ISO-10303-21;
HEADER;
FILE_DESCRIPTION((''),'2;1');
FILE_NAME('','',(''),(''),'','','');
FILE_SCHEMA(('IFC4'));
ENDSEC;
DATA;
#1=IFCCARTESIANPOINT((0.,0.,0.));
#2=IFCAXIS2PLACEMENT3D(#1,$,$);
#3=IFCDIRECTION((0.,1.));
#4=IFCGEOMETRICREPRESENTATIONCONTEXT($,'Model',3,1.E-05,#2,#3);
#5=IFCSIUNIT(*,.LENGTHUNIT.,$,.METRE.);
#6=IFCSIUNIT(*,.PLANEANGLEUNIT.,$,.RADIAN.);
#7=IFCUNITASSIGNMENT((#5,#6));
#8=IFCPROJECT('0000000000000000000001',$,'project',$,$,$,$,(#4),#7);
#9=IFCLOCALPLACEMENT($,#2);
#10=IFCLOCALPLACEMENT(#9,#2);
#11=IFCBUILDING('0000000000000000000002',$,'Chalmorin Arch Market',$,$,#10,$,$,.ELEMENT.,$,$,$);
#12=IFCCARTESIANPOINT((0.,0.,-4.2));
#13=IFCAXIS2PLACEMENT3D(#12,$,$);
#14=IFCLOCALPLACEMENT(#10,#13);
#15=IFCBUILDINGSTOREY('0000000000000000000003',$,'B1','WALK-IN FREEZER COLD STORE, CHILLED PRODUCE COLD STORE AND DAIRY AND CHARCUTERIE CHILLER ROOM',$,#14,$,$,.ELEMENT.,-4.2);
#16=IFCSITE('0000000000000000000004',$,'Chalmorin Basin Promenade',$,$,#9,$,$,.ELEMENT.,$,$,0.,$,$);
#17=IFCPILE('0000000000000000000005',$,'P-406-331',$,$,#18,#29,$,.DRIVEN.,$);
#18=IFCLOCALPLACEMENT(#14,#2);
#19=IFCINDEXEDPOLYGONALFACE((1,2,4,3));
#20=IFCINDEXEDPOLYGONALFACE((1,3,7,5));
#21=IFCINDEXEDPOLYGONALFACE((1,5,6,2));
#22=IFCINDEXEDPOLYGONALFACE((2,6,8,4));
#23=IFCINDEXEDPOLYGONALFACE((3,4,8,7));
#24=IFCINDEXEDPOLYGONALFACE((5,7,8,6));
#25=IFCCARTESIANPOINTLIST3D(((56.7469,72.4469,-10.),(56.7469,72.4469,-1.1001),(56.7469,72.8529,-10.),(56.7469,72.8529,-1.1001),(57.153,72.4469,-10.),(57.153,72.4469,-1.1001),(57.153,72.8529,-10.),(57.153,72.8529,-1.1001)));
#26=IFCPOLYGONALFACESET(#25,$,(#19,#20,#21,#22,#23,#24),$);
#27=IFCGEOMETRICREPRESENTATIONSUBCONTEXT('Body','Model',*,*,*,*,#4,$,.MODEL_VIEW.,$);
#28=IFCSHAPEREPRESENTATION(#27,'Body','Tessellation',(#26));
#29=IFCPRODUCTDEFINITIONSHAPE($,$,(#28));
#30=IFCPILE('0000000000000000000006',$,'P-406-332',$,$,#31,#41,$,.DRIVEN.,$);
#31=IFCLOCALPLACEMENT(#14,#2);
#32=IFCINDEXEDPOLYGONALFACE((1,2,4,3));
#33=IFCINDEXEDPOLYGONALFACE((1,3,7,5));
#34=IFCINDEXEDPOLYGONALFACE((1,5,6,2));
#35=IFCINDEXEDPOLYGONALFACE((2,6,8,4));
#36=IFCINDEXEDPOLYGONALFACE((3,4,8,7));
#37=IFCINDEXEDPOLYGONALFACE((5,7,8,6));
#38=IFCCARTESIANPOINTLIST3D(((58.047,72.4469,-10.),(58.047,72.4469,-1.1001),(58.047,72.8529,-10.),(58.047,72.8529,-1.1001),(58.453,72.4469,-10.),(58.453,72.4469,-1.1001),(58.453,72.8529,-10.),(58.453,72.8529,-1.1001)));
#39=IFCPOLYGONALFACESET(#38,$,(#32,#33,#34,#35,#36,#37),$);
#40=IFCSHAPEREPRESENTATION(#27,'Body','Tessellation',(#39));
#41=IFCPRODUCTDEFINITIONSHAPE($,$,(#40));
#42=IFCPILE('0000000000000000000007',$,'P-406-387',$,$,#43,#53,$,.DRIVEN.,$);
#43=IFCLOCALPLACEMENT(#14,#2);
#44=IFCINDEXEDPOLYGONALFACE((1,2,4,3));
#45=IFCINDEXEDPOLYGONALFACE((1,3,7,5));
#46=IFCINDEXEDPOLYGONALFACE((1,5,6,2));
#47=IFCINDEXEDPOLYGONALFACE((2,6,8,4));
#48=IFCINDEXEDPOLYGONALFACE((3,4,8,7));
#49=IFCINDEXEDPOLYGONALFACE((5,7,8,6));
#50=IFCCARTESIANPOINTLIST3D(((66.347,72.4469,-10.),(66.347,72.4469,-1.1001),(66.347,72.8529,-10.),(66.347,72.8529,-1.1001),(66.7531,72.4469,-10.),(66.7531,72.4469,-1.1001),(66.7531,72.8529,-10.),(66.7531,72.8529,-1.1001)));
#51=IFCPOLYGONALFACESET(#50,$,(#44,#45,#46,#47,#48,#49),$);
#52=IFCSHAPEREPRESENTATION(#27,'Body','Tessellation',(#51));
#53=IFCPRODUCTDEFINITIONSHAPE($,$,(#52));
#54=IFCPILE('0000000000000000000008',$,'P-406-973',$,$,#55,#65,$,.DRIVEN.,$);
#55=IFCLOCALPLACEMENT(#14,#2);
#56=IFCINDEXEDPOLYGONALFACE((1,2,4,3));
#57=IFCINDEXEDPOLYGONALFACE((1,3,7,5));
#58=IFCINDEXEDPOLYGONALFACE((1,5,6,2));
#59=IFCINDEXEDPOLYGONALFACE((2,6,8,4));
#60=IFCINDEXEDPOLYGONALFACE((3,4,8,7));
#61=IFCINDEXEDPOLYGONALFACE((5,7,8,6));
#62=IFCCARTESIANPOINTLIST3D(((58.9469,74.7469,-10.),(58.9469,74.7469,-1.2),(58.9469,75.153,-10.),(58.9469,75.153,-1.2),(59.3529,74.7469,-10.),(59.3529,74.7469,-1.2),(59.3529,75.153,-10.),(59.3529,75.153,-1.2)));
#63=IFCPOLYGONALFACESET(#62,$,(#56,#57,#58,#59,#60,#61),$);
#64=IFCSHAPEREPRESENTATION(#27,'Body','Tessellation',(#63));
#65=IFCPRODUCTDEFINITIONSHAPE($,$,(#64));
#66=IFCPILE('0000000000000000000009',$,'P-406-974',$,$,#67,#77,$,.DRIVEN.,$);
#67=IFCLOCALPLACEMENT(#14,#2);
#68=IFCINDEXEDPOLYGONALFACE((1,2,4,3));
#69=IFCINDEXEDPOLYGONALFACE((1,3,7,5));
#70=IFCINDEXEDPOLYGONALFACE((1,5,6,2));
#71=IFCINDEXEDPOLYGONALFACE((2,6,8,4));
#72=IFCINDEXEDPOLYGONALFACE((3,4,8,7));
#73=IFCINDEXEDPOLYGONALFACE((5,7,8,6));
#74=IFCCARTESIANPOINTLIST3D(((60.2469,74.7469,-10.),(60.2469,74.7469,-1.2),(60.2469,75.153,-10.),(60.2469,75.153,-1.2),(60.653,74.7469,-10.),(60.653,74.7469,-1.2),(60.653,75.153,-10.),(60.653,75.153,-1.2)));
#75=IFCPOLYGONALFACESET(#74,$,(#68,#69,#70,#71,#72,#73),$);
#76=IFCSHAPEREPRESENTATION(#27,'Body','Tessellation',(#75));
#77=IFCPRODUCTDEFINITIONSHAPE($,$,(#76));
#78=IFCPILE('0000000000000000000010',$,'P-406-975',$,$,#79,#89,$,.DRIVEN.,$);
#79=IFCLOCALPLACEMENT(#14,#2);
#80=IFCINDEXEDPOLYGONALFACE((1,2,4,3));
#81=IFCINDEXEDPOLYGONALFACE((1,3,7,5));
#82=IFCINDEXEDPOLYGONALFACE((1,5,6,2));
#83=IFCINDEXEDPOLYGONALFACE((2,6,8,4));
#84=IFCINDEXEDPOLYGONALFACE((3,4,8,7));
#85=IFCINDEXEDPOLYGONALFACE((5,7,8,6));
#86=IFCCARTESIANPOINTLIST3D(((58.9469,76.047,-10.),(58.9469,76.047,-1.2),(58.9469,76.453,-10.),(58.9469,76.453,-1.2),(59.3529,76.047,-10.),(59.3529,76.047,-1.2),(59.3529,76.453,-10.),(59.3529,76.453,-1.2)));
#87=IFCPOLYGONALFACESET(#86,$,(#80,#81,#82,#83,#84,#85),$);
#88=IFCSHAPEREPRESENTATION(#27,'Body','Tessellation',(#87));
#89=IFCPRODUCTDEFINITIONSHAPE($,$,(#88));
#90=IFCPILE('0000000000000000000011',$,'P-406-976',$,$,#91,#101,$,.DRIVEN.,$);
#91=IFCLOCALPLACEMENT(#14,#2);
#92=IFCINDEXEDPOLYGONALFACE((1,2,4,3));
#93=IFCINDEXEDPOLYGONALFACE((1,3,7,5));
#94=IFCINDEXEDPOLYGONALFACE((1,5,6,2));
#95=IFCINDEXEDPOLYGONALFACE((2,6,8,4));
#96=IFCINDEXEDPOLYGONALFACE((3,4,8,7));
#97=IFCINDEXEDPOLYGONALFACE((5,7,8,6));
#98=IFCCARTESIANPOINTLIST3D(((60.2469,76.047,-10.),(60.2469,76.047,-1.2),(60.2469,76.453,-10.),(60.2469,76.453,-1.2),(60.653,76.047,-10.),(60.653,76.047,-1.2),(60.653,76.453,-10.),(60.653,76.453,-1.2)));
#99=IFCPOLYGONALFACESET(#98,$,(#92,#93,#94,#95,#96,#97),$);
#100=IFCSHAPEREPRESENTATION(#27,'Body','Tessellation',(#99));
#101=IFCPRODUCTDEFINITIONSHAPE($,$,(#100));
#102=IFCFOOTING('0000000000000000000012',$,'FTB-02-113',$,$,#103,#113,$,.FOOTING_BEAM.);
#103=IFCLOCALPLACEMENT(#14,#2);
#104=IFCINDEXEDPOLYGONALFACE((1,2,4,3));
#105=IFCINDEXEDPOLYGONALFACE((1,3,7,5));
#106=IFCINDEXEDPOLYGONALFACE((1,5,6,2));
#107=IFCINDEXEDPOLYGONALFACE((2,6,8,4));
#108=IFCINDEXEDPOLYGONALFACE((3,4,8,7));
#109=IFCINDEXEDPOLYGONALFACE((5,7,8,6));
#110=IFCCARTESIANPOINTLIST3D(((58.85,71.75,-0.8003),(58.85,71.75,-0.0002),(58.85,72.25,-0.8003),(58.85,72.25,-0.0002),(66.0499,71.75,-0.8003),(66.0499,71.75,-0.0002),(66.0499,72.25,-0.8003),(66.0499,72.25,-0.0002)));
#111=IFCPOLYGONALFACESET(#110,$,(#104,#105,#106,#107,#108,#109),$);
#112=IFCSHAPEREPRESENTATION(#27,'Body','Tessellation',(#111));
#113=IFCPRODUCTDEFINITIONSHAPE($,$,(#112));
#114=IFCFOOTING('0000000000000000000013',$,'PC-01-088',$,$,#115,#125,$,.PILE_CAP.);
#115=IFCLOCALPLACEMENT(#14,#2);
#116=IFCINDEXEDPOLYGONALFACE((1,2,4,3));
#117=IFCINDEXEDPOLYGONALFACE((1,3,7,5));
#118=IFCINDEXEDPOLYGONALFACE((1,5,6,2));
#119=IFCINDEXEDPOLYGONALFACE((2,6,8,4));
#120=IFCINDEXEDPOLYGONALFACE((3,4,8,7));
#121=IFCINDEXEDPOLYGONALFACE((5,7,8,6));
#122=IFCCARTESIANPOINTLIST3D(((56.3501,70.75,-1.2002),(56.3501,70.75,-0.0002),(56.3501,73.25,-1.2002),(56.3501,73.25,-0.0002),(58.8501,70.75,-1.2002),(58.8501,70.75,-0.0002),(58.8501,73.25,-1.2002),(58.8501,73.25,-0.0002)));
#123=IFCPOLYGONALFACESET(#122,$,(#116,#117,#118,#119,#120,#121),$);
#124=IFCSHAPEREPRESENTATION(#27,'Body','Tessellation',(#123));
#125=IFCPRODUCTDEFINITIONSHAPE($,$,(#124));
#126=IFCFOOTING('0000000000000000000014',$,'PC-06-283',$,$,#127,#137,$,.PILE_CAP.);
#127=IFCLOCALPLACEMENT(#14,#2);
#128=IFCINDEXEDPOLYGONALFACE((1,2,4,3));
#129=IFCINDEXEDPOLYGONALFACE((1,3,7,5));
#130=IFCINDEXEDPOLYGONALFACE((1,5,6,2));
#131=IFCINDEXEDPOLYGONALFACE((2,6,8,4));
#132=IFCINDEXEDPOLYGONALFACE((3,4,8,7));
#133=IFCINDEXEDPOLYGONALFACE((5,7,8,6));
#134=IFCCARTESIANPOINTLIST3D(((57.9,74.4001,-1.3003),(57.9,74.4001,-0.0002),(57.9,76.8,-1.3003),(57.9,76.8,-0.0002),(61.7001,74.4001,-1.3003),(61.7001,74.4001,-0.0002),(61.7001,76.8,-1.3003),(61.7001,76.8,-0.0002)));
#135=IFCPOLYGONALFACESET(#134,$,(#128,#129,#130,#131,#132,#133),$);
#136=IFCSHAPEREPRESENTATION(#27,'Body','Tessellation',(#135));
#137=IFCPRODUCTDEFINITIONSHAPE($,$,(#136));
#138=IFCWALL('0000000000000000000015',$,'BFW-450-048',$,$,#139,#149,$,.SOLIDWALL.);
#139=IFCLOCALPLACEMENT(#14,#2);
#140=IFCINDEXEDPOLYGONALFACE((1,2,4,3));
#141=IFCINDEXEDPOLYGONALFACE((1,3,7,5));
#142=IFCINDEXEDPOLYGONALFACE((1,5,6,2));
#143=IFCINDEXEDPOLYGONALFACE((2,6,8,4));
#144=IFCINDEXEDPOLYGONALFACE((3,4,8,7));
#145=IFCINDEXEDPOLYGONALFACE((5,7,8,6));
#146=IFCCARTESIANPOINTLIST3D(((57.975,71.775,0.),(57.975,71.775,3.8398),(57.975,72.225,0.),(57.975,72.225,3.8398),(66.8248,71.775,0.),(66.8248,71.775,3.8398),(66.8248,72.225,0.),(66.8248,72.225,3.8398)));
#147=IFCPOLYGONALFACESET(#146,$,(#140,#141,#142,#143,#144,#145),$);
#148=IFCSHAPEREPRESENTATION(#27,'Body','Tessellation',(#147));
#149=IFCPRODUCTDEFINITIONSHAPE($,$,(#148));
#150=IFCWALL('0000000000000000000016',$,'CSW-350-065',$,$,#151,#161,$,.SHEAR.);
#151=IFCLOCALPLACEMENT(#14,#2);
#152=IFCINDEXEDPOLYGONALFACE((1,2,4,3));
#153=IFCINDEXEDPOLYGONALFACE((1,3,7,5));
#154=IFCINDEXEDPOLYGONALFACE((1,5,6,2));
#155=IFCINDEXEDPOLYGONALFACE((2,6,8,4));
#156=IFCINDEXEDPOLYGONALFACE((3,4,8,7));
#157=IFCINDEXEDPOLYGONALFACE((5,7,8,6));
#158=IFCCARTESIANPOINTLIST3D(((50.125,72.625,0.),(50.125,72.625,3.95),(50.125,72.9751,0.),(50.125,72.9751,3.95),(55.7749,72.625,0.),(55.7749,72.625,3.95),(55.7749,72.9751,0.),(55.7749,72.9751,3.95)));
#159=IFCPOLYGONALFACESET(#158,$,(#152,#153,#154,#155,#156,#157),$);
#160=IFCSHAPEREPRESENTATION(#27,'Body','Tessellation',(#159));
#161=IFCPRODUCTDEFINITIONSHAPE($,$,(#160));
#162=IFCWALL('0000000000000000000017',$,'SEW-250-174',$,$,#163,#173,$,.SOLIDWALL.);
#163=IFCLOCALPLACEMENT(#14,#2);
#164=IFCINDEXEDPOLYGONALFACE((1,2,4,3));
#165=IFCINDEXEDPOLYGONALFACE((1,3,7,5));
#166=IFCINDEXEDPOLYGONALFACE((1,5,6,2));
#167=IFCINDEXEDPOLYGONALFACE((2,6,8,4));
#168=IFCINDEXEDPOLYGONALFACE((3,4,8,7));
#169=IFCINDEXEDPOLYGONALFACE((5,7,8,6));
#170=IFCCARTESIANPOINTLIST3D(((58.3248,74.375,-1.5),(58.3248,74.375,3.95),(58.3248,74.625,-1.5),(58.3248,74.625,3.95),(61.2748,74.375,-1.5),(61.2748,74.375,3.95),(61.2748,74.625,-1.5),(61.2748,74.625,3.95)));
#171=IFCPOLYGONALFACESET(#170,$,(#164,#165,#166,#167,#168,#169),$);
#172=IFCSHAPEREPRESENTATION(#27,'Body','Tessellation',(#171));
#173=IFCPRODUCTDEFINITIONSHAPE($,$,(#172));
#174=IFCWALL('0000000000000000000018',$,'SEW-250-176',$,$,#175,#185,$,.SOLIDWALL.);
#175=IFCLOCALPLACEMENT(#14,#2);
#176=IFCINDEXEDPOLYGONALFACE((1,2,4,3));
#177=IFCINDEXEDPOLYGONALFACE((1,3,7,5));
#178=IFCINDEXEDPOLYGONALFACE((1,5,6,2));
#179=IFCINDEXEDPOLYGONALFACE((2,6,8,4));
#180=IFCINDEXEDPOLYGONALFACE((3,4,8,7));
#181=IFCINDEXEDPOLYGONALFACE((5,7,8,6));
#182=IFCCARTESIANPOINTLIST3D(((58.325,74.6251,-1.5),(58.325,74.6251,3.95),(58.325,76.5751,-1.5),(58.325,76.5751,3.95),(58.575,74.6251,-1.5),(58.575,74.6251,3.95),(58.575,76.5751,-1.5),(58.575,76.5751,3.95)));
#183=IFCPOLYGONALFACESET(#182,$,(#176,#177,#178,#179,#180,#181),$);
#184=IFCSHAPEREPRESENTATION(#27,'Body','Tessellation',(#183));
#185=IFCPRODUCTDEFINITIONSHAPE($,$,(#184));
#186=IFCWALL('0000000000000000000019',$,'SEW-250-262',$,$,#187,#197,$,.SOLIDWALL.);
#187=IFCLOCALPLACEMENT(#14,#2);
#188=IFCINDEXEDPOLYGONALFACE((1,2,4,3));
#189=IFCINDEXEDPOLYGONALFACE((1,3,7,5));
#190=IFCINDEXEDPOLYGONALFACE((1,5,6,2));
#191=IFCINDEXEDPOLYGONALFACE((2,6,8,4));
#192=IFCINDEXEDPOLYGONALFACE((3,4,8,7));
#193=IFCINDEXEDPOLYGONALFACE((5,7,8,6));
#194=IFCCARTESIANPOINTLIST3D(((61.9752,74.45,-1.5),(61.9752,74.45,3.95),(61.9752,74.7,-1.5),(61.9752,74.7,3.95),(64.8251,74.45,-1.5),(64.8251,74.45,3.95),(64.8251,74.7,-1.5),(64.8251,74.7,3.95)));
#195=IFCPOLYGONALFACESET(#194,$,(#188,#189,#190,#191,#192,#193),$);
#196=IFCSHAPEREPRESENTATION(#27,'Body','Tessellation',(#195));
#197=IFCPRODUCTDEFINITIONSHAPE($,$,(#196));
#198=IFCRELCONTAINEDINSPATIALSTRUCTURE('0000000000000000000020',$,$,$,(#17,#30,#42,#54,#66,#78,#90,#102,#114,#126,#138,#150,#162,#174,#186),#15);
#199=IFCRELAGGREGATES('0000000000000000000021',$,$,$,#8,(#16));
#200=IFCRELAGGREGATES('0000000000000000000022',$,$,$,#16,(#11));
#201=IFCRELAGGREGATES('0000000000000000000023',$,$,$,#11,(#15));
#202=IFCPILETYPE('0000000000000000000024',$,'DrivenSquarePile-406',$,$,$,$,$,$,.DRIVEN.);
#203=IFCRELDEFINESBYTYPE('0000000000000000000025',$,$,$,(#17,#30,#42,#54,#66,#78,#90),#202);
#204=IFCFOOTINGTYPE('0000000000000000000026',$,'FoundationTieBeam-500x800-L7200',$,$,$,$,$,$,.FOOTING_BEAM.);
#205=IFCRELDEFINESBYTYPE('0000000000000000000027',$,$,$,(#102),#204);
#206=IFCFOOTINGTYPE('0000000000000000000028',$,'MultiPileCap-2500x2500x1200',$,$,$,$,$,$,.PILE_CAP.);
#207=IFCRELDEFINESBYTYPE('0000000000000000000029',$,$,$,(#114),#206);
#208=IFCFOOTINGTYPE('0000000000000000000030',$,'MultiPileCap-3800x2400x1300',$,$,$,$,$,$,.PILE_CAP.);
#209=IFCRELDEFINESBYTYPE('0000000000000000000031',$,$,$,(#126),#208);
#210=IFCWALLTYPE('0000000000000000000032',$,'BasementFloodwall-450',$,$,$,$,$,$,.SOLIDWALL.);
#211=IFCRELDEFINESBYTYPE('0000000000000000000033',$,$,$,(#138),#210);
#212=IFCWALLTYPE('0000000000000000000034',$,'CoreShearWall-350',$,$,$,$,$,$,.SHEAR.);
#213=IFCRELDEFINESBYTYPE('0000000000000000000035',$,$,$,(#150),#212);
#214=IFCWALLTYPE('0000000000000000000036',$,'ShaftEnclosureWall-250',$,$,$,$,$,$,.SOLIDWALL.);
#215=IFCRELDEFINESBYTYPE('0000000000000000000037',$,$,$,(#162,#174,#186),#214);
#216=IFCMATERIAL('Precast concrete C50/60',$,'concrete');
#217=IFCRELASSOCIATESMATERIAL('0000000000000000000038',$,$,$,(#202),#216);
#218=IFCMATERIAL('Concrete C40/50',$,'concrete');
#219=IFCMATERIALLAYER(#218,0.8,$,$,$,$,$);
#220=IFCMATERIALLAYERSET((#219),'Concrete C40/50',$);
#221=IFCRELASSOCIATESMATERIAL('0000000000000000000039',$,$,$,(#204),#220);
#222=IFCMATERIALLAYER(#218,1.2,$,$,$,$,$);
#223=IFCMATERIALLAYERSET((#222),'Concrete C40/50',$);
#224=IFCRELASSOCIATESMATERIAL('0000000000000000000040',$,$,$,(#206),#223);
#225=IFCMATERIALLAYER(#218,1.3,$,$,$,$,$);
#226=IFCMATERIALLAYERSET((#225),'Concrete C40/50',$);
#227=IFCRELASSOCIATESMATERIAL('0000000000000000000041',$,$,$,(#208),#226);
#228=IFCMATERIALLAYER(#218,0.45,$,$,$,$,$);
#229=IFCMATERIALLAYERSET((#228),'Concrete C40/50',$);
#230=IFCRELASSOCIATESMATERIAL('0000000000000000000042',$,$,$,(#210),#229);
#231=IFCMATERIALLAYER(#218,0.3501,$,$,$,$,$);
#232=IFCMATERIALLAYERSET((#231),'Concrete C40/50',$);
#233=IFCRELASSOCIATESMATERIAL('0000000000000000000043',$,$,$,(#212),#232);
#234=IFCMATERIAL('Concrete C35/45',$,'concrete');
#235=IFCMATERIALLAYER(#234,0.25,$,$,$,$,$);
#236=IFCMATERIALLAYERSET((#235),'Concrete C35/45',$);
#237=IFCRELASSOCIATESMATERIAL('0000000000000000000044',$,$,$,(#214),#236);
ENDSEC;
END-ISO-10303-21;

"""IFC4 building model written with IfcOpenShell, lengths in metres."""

from ifc_helpers import new_model, si_unit, direction, frame, frame_2d, origin, origin_2d, place, context, subcontext, project, spatial, rectangle, extrude, material, layer, layer_set, material_profile, profile_set, type_object, element, save


model = new_model("IFC4")

# Units and contexts
model_context = context("Model", 3, precision=1e-05, world=origin(), true_north=direction((0.0, 1.0)))
body_context = subcontext(model_context, "Body", "Model", "MODEL_VIEW")
ifc_project = project(units=[si_unit("LENGTHUNIT", "METRE"), si_unit("PLANEANGLEUNIT", "RADIAN")], contexts=[model_context])

# Site, building, storey
site_placement = place(None, origin())
site = spatial("IfcSite", under=ifc_project, at=site_placement, Name="Chalmorin Basin Promenade", CompositionType="ELEMENT", RefElevation=0.0)
building_placement = place(site_placement, origin())
building = spatial("IfcBuilding", under=site, at=building_placement, Name="Chalmorin Arch Market", CompositionType="ELEMENT")
storey_placement = place(building_placement, frame((0.0, 0.0, -4.2)))
storey = spatial("IfcBuildingStorey", under=building, at=storey_placement, Name="B1", Description="WALK-IN FREEZER COLD STORE, CHILLED PRODUCE COLD STORE AND DAIRY AND CHARCUTERIE CHILLER ROOM", CompositionType="ELEMENT", Elevation=-4.2)

# Piles
ifc_material_1 = material(Name="Precast concrete C50/60", Category="concrete")
ifc_material_profile = material_profile(ifc_material_1, rectangle(XDim=0.406, YDim=0.406, at=origin_2d()), Name="PPC406")
ifc_profile_set = profile_set([ifc_material_profile], Name="Precast concrete C50/60")
pile_type = type_object("IfcPileType", Name="DrivenSquarePile-406", PredefinedType="DRIVEN", material=ifc_profile_set)
for number, where, z_axis, x_axis, name in (
    (1, (56.95, 72.6499, -1.1001), (0.0, 0.0, -1.0), (1.0, 0.0, 0.0), "P-406-331"),
    (2, (58.25, 72.6499, -1.1001), (0.0, 0.0, -1.0), (1.0, 0.0, 0.0), "P-406-332"),
    (3, (66.55, 72.6499, -1.1001), (0.0, 0.0, -1.0), (1.0, 0.0, 0.0), "P-406-387"),
):
    element("IfcPile", number, at=place(storey_placement, frame(where, z_axis=z_axis, x_axis=x_axis)), inside=storey, type_object=pile_type, Name=name, PredefinedType="DRIVEN", context=body_context, shape_type="SweptSolid", body=[
        extrude(rectangle(XDim=0.406, YDim=0.406, at=origin_2d()), origin(), (0.0, 0.0, 1.0), 8.8999),
    ])
for number, where, z_axis, x_axis, name in (
    (4, (59.1499, 74.95, -1.2), (0.0, 0.0, -1.0), (1.0, 0.0, 0.0), "P-406-973"),
    (5, (60.45, 74.95, -1.2), (0.0, 0.0, -1.0), (1.0, 0.0, 0.0), "P-406-974"),
    (6, (59.1499, 76.25, -1.2), (0.0, 0.0, -1.0), (1.0, 0.0, 0.0), "P-406-975"),
    (7, (60.45, 76.25, -1.2), (0.0, 0.0, -1.0), (1.0, 0.0, 0.0), "P-406-976"),
):
    element("IfcPile", number, at=place(storey_placement, frame(where, z_axis=z_axis, x_axis=x_axis)), inside=storey, type_object=pile_type, Name=name, PredefinedType="DRIVEN", context=body_context, shape_type="SweptSolid", body=[
        extrude(rectangle(XDim=0.406, YDim=0.406, at=origin_2d()), origin(), (0.0, 0.0, 1.0), 8.8),
    ])

# Footings
ifc_material_2 = material(Name="Concrete C40/50", Category="concrete")
ifc_layer_1 = layer(ifc_material_2, 0.8)
ifc_layer_set_1 = layer_set([ifc_layer_1], Name="Concrete C40/50")
footing_type_1 = type_object("IfcFootingType", Name="FoundationTieBeam-500x800-L7200", PredefinedType="FOOTING_BEAM", material=ifc_layer_set_1)
footing_1_placement = place(storey_placement, frame((62.45, 72.0, -0.8003), z_axis=(0.0, 0.0, 1.0), x_axis=(1.0, 0.0, 0.0)))
element("IfcFooting", 8, at=footing_1_placement, inside=storey, type_object=footing_type_1, Name="FTB-02-113", PredefinedType="FOOTING_BEAM", context=body_context, shape_type="SweptSolid", body=[
    extrude(rectangle(XDim=7.2, YDim=0.5, at=origin_2d()), origin(), (0.0, 0.0, 1.0), 0.8),
])
ifc_layer_2 = layer(ifc_material_2, 1.2)
ifc_layer_set_2 = layer_set([ifc_layer_2], Name="Concrete C40/50")
footing_type_2 = type_object("IfcFootingType", Name="MultiPileCap-2500x2500x1200", PredefinedType="PILE_CAP", material=ifc_layer_set_2)
footing_2_placement = place(storey_placement, frame((57.6001, 72.0, -1.2002), z_axis=(0.0, 0.0, 1.0), x_axis=(1.0, 0.0, 0.0)))
element("IfcFooting", 9, at=footing_2_placement, inside=storey, type_object=footing_type_2, Name="PC-01-088", PredefinedType="PILE_CAP", context=body_context, shape_type="SweptSolid", body=[
    extrude(rectangle(XDim=2.5, YDim=2.5, at=origin_2d()), origin(), (0.0, 0.0, 1.0), 1.2),
])
ifc_layer_3 = layer(ifc_material_2, 1.3)
ifc_layer_set_3 = layer_set([ifc_layer_3], Name="Concrete C40/50")
footing_type_3 = type_object("IfcFootingType", Name="MultiPileCap-3800x2400x1300", PredefinedType="PILE_CAP", material=ifc_layer_set_3)
footing_3_placement = place(storey_placement, frame((59.8, 75.6001, -1.3003), z_axis=(0.0, 0.0, 1.0), x_axis=(1.0, 0.0, 0.0)))
element("IfcFooting", 10, at=footing_3_placement, inside=storey, type_object=footing_type_3, Name="PC-06-283", PredefinedType="PILE_CAP", context=body_context, shape_type="SweptSolid", body=[
    extrude(rectangle(XDim=3.8, YDim=2.3999, at=origin_2d()), origin(), (0.0, 0.0, 1.0), 1.3),
])

# Walls
ifc_layer_4 = layer(ifc_material_2, 0.45)
ifc_layer_set_4 = layer_set([ifc_layer_4], Name="Concrete C40/50")
wall_type_1 = type_object("IfcWallType", Name="BasementFloodwall-450", PredefinedType="SOLIDWALL", material=ifc_layer_set_4)
wall_1_placement = place(storey_placement, frame((57.9751, 72.0, 0.0), z_axis=(0.0, 0.0, 1.0), x_axis=(1.0, 0.0, 0.0)))
element("IfcWall", 11, at=wall_1_placement, inside=storey, type_object=wall_type_1, Name="BFW-450-048", PredefinedType="SOLIDWALL", context=body_context, shape_type="SweptSolid", body=[
    extrude(rectangle(XDim=8.8499, YDim=0.45, at=frame_2d((4.4248, 0.0))), origin(), (0.0, 0.0, 1.0), 3.8398),
])
ifc_layer_5 = layer(ifc_material_2, 0.3501)
ifc_layer_set_5 = layer_set([ifc_layer_5], Name="Concrete C40/50")
wall_type_2 = type_object("IfcWallType", Name="CoreShearWall-350", PredefinedType="SHEAR", material=ifc_layer_set_5)
wall_2_placement = place(storey_placement, frame((55.7749, 72.8, 0.0), z_axis=(0.0, 0.0, 1.0), x_axis=(-1.0, 0.0, 0.0)))
element("IfcWall", 12, at=wall_2_placement, inside=storey, type_object=wall_type_2, Name="CSW-350-065", PredefinedType="SHEAR", context=body_context, shape_type="SweptSolid", body=[
    extrude(rectangle(XDim=5.6499, YDim=0.3501, at=frame_2d((2.825, 0.0))), origin(), (0.0, 0.0, 1.0), 3.95),
])
ifc_material_3 = material(Name="Concrete C35/45", Category="concrete")
ifc_layer_6 = layer(ifc_material_3, 0.25)
ifc_layer_set_6 = layer_set([ifc_layer_6], Name="Concrete C35/45")
wall_type_3 = type_object("IfcWallType", Name="ShaftEnclosureWall-250", PredefinedType="SOLIDWALL", material=ifc_layer_set_6)
wall_3_placement = place(storey_placement, frame((61.2749, 74.5, -1.5), z_axis=(0.0, 0.0, 1.0), x_axis=(-1.0, 0.0, 0.0)))
element("IfcWall", 13, at=wall_3_placement, inside=storey, type_object=wall_type_3, Name="SEW-250-174", PredefinedType="SOLIDWALL", context=body_context, shape_type="SweptSolid", body=[
    extrude(rectangle(XDim=2.95, YDim=0.25, at=frame_2d((1.4751, 0.0))), origin(), (0.0, 0.0, 1.0), 5.45),
])
wall_4_placement = place(storey_placement, frame((58.45, 74.625, -1.5), z_axis=(0.0, 0.0, 1.0), x_axis=(0.0, 1.0, 0.0)))
element("IfcWall", 14, at=wall_4_placement, inside=storey, type_object=wall_type_3, Name="SEW-250-176", PredefinedType="SOLIDWALL", context=body_context, shape_type="SweptSolid", body=[
    extrude(rectangle(XDim=1.95, YDim=0.25, at=frame_2d((0.9751, 0.0))), origin(), (0.0, 0.0, 1.0), 5.45),
])
wall_5_placement = place(storey_placement, frame((64.825, 74.575, -1.5), z_axis=(0.0, 0.0, 1.0), x_axis=(-1.0, 0.0, 0.0)))
element("IfcWall", 15, at=wall_5_placement, inside=storey, type_object=wall_type_3, Name="SEW-250-262", PredefinedType="SOLIDWALL", context=body_context, shape_type="SweptSolid", body=[
    extrude(rectangle(XDim=2.8499, YDim=0.25, at=frame_2d((1.4248, 0.0))), origin(), (0.0, 0.0, 1.0), 5.45),
])

save(model, "model.ifc")
